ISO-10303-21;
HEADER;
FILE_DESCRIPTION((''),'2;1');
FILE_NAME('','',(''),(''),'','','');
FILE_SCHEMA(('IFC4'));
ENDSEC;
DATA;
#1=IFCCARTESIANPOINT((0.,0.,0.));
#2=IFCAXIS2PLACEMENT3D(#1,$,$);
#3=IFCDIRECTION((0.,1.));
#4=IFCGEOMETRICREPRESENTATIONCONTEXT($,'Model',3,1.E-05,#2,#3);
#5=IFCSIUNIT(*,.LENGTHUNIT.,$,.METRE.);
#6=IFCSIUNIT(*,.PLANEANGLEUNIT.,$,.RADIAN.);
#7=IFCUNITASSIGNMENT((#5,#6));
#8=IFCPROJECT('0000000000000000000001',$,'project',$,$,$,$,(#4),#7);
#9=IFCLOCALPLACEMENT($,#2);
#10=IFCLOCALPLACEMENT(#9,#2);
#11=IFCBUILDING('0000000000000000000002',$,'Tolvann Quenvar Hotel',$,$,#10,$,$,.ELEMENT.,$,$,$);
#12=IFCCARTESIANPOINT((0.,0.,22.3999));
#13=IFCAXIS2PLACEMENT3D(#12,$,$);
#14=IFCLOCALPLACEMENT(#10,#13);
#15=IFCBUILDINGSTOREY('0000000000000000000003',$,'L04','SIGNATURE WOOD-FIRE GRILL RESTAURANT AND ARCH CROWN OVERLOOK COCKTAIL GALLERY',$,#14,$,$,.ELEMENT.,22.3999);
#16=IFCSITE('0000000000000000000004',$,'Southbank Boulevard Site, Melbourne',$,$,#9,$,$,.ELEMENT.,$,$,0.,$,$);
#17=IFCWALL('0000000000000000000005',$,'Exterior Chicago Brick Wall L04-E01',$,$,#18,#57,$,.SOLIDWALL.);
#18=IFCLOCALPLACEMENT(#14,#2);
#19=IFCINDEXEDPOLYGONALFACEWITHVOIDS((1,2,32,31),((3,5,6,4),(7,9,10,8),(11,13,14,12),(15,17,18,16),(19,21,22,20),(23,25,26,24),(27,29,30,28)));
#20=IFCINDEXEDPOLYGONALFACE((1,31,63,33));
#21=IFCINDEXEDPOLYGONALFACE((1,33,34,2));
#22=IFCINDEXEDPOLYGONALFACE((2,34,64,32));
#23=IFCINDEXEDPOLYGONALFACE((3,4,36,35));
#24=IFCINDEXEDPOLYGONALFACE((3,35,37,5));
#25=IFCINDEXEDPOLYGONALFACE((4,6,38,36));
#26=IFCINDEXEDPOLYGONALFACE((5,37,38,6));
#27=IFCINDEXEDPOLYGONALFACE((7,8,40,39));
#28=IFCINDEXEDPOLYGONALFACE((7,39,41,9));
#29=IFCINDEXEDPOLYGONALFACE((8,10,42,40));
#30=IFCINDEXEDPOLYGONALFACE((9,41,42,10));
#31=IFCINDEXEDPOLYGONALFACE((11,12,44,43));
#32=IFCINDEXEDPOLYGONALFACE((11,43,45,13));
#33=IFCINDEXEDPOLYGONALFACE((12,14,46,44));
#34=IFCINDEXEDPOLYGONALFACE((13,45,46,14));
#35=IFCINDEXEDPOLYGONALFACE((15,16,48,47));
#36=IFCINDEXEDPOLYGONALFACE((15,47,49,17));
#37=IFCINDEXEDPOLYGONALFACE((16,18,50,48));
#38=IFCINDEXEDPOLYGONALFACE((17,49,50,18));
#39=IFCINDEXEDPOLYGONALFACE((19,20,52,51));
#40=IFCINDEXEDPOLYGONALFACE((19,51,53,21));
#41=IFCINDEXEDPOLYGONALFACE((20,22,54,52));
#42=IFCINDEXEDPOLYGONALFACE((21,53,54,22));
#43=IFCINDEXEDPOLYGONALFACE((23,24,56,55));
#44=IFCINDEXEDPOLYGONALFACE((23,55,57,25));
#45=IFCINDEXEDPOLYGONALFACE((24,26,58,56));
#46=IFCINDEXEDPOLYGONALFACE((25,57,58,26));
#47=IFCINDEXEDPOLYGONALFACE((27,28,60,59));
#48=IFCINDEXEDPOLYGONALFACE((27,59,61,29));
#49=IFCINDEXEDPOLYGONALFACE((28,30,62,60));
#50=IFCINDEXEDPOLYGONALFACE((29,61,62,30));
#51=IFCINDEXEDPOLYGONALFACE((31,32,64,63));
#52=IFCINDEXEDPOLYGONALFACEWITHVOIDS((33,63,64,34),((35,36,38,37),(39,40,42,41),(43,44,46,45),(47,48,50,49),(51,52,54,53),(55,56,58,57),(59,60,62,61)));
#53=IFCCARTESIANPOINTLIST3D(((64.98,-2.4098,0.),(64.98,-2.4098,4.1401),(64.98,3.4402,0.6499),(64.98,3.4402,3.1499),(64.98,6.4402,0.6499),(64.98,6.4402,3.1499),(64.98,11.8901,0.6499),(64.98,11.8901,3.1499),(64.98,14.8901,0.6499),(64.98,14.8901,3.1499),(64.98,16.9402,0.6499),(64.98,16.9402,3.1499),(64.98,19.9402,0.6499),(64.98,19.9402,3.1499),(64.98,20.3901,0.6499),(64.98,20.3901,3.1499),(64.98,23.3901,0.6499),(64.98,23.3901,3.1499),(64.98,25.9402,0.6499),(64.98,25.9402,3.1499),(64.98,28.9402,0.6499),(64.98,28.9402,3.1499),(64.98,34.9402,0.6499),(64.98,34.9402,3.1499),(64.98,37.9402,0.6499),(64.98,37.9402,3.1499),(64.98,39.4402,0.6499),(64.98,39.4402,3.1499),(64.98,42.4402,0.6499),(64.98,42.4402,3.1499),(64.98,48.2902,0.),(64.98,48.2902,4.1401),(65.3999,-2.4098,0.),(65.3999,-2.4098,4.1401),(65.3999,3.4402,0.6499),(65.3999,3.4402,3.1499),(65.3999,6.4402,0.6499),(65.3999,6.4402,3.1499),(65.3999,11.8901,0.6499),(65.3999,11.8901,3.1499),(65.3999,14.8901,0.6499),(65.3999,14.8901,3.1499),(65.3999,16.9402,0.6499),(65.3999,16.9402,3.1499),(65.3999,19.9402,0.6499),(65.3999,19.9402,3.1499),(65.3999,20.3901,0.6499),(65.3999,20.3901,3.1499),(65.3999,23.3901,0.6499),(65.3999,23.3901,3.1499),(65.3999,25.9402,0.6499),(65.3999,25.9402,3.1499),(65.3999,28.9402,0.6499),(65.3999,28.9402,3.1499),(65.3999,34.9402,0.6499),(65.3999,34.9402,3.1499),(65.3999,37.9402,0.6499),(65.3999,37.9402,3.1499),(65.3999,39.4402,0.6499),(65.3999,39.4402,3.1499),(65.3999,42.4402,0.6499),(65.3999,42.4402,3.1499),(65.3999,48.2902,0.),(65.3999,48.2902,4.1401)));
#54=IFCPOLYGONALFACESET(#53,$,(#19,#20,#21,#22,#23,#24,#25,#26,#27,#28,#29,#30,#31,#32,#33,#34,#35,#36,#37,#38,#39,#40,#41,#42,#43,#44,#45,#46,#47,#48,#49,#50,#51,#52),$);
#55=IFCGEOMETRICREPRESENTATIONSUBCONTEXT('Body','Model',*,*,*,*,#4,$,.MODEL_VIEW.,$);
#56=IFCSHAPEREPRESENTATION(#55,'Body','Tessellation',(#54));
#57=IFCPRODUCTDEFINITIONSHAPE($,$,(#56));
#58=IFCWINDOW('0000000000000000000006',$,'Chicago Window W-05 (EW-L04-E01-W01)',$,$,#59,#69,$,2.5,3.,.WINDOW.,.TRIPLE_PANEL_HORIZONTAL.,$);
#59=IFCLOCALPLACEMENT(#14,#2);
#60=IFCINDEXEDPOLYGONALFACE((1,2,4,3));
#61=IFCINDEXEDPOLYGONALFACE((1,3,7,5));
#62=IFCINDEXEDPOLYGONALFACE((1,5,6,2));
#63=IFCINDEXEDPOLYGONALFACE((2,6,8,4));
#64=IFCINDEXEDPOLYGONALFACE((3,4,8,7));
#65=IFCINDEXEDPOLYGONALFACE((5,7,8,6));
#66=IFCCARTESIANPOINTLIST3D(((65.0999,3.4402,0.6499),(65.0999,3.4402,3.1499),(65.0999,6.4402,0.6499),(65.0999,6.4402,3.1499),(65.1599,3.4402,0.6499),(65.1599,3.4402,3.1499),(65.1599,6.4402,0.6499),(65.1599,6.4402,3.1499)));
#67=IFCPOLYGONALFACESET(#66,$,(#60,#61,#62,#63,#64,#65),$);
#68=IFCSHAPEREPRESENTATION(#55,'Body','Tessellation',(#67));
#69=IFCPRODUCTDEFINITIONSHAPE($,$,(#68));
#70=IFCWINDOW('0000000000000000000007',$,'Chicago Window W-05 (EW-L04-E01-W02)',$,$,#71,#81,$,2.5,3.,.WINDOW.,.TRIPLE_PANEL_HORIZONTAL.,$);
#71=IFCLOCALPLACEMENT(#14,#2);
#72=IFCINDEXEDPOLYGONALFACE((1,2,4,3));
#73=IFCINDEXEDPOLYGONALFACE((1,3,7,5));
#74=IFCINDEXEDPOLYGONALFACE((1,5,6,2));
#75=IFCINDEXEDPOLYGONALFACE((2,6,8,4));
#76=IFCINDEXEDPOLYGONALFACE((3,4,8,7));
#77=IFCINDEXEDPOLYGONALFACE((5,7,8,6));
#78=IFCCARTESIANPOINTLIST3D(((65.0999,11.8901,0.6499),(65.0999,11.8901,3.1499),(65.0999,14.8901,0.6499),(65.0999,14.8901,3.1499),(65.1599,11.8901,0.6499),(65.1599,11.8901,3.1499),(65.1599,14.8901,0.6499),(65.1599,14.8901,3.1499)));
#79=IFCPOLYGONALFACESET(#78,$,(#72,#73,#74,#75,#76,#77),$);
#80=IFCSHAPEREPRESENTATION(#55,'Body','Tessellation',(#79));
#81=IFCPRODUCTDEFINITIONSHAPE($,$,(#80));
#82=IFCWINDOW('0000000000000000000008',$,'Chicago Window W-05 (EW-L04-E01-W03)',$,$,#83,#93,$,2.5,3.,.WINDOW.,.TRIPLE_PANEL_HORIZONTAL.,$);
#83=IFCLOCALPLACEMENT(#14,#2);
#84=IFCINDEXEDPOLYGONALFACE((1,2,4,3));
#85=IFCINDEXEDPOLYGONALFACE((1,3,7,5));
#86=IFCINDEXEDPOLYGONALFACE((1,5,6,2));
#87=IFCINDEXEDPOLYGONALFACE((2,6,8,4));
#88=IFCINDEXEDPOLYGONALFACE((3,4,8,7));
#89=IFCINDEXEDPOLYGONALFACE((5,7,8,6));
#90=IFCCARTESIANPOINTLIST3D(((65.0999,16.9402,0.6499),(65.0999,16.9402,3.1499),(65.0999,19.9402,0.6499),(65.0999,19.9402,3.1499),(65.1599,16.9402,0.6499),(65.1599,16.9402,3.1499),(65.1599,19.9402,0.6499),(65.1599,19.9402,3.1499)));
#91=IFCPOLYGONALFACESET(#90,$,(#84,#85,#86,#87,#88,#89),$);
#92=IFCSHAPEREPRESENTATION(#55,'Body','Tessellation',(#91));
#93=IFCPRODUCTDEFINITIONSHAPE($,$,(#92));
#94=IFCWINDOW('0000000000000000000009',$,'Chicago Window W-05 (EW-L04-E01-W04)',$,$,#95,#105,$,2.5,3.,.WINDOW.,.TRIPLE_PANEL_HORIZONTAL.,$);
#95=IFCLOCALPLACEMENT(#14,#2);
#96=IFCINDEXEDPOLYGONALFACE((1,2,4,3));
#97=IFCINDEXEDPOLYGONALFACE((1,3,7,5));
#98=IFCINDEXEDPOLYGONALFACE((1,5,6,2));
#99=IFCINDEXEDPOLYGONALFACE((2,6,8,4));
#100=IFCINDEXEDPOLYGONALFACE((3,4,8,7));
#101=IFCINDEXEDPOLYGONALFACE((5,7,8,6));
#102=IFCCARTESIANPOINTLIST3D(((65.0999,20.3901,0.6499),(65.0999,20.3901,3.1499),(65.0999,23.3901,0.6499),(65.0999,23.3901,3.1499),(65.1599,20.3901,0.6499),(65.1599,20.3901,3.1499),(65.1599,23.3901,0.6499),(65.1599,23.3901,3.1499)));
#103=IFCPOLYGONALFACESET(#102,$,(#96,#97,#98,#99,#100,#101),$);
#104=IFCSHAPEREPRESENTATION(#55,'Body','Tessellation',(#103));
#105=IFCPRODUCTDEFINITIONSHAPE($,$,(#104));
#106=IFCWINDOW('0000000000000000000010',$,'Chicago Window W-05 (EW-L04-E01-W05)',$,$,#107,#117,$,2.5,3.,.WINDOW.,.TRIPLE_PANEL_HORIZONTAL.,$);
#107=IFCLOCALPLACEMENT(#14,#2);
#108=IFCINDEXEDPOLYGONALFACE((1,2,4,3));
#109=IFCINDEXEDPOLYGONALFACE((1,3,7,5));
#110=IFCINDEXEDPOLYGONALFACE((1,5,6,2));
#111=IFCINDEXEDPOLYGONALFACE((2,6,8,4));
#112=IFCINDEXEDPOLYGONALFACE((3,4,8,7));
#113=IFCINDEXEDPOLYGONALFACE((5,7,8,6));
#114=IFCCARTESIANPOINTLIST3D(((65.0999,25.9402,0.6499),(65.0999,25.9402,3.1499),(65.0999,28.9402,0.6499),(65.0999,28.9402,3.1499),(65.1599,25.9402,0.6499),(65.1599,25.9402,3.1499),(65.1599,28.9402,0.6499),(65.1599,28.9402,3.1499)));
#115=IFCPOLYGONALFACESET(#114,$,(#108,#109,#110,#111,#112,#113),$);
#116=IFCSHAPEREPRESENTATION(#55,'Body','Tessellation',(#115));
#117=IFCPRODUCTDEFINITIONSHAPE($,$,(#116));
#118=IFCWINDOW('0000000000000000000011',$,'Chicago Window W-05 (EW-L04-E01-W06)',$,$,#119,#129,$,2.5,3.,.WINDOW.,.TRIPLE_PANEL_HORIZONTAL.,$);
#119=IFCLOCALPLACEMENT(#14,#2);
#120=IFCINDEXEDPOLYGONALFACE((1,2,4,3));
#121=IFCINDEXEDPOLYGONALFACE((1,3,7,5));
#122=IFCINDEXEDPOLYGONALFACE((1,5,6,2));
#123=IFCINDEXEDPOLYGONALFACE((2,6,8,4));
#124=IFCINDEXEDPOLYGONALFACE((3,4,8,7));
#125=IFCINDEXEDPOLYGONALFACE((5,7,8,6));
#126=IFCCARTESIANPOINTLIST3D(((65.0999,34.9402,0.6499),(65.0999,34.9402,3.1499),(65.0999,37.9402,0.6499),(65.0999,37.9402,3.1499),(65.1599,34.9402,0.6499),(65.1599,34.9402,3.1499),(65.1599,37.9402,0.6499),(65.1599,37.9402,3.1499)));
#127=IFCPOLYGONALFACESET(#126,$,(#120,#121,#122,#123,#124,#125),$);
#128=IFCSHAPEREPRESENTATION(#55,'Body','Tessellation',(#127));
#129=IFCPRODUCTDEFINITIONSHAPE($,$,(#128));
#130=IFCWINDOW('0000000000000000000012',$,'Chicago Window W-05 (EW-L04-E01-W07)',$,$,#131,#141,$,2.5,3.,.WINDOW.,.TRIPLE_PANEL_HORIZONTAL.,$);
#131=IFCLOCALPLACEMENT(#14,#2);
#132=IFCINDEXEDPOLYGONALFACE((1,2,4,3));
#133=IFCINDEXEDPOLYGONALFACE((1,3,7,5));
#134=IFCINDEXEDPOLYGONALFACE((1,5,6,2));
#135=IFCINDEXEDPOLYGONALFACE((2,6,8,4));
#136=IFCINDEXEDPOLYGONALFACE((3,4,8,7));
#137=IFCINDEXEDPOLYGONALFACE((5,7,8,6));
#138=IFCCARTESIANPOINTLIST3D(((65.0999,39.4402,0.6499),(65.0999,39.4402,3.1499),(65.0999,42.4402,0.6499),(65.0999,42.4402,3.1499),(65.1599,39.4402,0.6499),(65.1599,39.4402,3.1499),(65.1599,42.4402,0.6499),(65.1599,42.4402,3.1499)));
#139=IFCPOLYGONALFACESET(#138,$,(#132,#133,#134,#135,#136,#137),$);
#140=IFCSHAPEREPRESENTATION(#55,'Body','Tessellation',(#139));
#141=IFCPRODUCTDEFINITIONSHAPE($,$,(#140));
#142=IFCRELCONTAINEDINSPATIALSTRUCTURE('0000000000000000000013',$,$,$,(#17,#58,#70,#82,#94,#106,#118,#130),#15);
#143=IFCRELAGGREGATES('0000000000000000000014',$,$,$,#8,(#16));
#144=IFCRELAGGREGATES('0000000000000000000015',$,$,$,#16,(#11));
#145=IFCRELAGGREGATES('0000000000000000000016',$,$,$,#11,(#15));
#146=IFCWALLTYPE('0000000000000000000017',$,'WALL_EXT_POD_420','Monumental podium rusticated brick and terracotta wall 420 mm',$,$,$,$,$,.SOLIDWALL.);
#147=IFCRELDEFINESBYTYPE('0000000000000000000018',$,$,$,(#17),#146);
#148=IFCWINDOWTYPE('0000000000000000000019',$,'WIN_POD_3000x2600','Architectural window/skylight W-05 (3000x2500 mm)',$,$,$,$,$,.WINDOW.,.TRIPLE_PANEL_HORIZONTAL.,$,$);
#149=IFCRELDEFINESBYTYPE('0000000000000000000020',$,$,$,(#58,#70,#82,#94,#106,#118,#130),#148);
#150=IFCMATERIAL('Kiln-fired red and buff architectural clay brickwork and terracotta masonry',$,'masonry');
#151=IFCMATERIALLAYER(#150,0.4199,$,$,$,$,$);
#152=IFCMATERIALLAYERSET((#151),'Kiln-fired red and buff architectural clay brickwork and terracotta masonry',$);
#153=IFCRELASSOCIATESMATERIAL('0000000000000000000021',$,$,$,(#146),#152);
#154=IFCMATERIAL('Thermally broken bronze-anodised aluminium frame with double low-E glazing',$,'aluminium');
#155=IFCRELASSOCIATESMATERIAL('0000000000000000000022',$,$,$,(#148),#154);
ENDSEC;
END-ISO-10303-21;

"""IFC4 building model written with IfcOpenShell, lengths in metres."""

from ifc_helpers import new_model, si_unit, direction, frame, frame_2d, origin, place, context, subcontext, project, spatial, rectangle, extrude, source, transform, mapped, material, layer, layer_set, type_object, type_shapes, element, fill, save


model = new_model("IFC4")

# Units and contexts
model_context = context("Model", 3, precision=1e-05, world=origin(), true_north=direction((0.0, 1.0)))
body_context = subcontext(model_context, "Body", "Model", "MODEL_VIEW")
ifc_project = project(units=[si_unit("LENGTHUNIT", "METRE"), si_unit("PLANEANGLEUNIT", "RADIAN")], contexts=[model_context])

# Site, building, storey
site_placement = place(None, origin())
site = spatial("IfcSite", under=ifc_project, at=site_placement, Name="Southbank Boulevard Site, Melbourne", CompositionType="ELEMENT", RefElevation=0.0)
building_placement = place(site_placement, origin())
building = spatial("IfcBuilding", under=site, at=building_placement, Name="Tolvann Quenvar Hotel", CompositionType="ELEMENT")
storey_placement = place(building_placement, frame((0.0, 0.0, 22.3999)))
storey = spatial("IfcBuildingStorey", under=building, at=storey_placement, Name="L04", Description="SIGNATURE WOOD-FIRE GRILL RESTAURANT AND ARCH CROWN OVERLOOK COCKTAIL GALLERY", CompositionType="ELEMENT", Elevation=22.3999)

# Wall, openings, windows
ifc_material_1 = material(Name="Kiln-fired red and buff architectural clay brickwork and terracotta masonry", Category="masonry")
ifc_layer = layer(ifc_material_1, 0.4199)
ifc_layer_set = layer_set([ifc_layer], Name="Kiln-fired red and buff architectural clay brickwork and terracotta masonry")
wall_type = type_object("IfcWallType", Name="WALL_EXT_POD_420", Description="Monumental podium rusticated brick and terracotta wall 420 mm", PredefinedType="SOLIDWALL", material=ifc_layer_set)
wall_placement = place(storey_placement, frame((65.1899, -2.4099, 0.0), z_axis=(0.0, 0.0, 1.0), x_axis=(0.0, 1.0, 0.0)))
wall = element("IfcWall", 1, at=wall_placement, inside=storey, type_object=wall_type, Name="Exterior Chicago Brick Wall L04-E01", PredefinedType="SOLIDWALL", context=body_context, shape_type="SweptSolid", body=[
    extrude(rectangle(XDim=50.7, YDim=0.4199, at=frame_2d((25.3501, 0.0))), origin(), (0.0, 0.0, 1.0), 4.1401),
])
opening_1_placement = place(wall_placement, frame((5.8501, 0.0, 0.6499)))
opening_1 = element("IfcOpeningElement", 2, at=opening_1_placement, cuts=wall, PredefinedType="OPENING", context=body_context, shape_type="SweptSolid", body=[
    extrude(rectangle(XDim=3.0, YDim=2.5, at=frame_2d((1.5, 1.25))), frame((0.0, 0.22, 0.0), z_axis=(0.0, -1.0, 0.0), x_axis=(1.0, 0.0, 0.0)), (0.0, 0.0, 1.0), 0.4399),
])
opening_2_placement = place(wall_placement, frame((14.3, 0.0, 0.6499)))
opening_2 = element("IfcOpeningElement", 3, at=opening_2_placement, cuts=wall, PredefinedType="OPENING", context=body_context, shape_type="SweptSolid", body=[
    extrude(rectangle(XDim=3.0, YDim=2.5, at=frame_2d((1.5, 1.25))), frame((0.0, 0.22, 0.0), z_axis=(0.0, -1.0, 0.0), x_axis=(1.0, 0.0, 0.0)), (0.0, 0.0, 1.0), 0.4399),
])
opening_3_placement = place(wall_placement, frame((19.3501, 0.0, 0.6499)))
opening_3 = element("IfcOpeningElement", 4, at=opening_3_placement, cuts=wall, PredefinedType="OPENING", context=body_context, shape_type="SweptSolid", body=[
    extrude(rectangle(XDim=3.0, YDim=2.5, at=frame_2d((1.5, 1.25))), frame((0.0, 0.22, 0.0), z_axis=(0.0, -1.0, 0.0), x_axis=(1.0, 0.0, 0.0)), (0.0, 0.0, 1.0), 0.4399),
])
opening_4_placement = place(wall_placement, frame((22.8, 0.0, 0.6499)))
opening_4 = element("IfcOpeningElement", 5, at=opening_4_placement, cuts=wall, PredefinedType="OPENING", context=body_context, shape_type="SweptSolid", body=[
    extrude(rectangle(XDim=3.0, YDim=2.5, at=frame_2d((1.5, 1.25))), frame((0.0, 0.22, 0.0), z_axis=(0.0, -1.0, 0.0), x_axis=(1.0, 0.0, 0.0)), (0.0, 0.0, 1.0), 0.4399),
])
opening_5_placement = place(wall_placement, frame((28.3501, 0.0, 0.6499)))
opening_5 = element("IfcOpeningElement", 6, at=opening_5_placement, cuts=wall, PredefinedType="OPENING", context=body_context, shape_type="SweptSolid", body=[
    extrude(rectangle(XDim=3.0, YDim=2.5, at=frame_2d((1.5, 1.25))), frame((0.0, 0.22, 0.0), z_axis=(0.0, -1.0, 0.0), x_axis=(1.0, 0.0, 0.0)), (0.0, 0.0, 1.0), 0.4399),
])
opening_6_placement = place(wall_placement, frame((37.3501, 0.0, 0.6499)))
opening_6 = element("IfcOpeningElement", 7, at=opening_6_placement, cuts=wall, PredefinedType="OPENING", context=body_context, shape_type="SweptSolid", body=[
    extrude(rectangle(XDim=3.0, YDim=2.5, at=frame_2d((1.5, 1.25))), frame((0.0, 0.22, 0.0), z_axis=(0.0, -1.0, 0.0), x_axis=(1.0, 0.0, 0.0)), (0.0, 0.0, 1.0), 0.4399),
])
opening_7_placement = place(wall_placement, frame((41.8501, 0.0, 0.6499)))
opening_7 = element("IfcOpeningElement", 8, at=opening_7_placement, cuts=wall, PredefinedType="OPENING", context=body_context, shape_type="SweptSolid", body=[
    extrude(rectangle(XDim=3.0, YDim=2.5, at=frame_2d((1.5, 1.25))), frame((0.0, 0.22, 0.0), z_axis=(0.0, -1.0, 0.0), x_axis=(1.0, 0.0, 0.0)), (0.0, 0.0, 1.0), 0.4399),
])
ifc_material_2 = material(Name="Thermally broken bronze-anodised aluminium frame with double low-E glazing", Category="aluminium")
window_type = type_object("IfcWindowType", Name="WIN_POD_3000x2600", Description="Architectural window/skylight W-05 (3000x2500 mm)", PartitioningType="TRIPLE_PANEL_HORIZONTAL", PredefinedType="WINDOW", material=ifc_material_2)
shared_shape_1 = source(origin(), body_context, "Body", "SweptSolid", [
    extrude(rectangle(XDim=3.0, YDim=2.5, at=frame_2d((1.5, 1.25))), frame((0.0, 0.0901, 0.0), z_axis=(0.0, -1.0, 0.0), x_axis=(1.0, 0.0, 0.0)), (0.0, 0.0, 1.0), 0.0601),
])
type_shapes(window_type, [shared_shape_1])
window_1_placement = place(opening_1_placement, origin())
window_1 = element("IfcWindow", 9, at=window_1_placement, inside=storey, type_object=window_type, Name="Chicago Window W-05 (EW-L04-E01-W01)", OverallHeight=2.5, OverallWidth=3.0, PartitioningType="TRIPLE_PANEL_HORIZONTAL", PredefinedType="WINDOW", context=body_context, shape_type="MappedRepresentation", body=[
    mapped(shared_shape_1, transform((0.0, 0.0, 0.0), x_axis=(1.0, 0.0, 0.0), y_axis=(0.0, 1.0, 0.0), z_axis=(0.0, 0.0, 1.0), scale=1.0)),
])
fill(opening_1, window_1)
window_2_placement = place(opening_2_placement, origin())
window_2 = element("IfcWindow", 10, at=window_2_placement, inside=storey, type_object=window_type, Name="Chicago Window W-05 (EW-L04-E01-W02)", OverallHeight=2.5, OverallWidth=3.0, PartitioningType="TRIPLE_PANEL_HORIZONTAL", PredefinedType="WINDOW", context=body_context, shape_type="MappedRepresentation", body=[
    mapped(shared_shape_1, transform((0.0, 0.0, 0.0), x_axis=(1.0, 0.0, 0.0), y_axis=(0.0, 1.0, 0.0), z_axis=(0.0, 0.0, 1.0), scale=1.0)),
])
fill(opening_2, window_2)
window_3_placement = place(opening_3_placement, origin())
window_3 = element("IfcWindow", 11, at=window_3_placement, inside=storey, type_object=window_type, Name="Chicago Window W-05 (EW-L04-E01-W03)", OverallHeight=2.5, OverallWidth=3.0, PartitioningType="TRIPLE_PANEL_HORIZONTAL", PredefinedType="WINDOW", context=body_context, shape_type="MappedRepresentation", body=[
    mapped(shared_shape_1, transform((0.0, 0.0, 0.0), x_axis=(1.0, 0.0, 0.0), y_axis=(0.0, 1.0, 0.0), z_axis=(0.0, 0.0, 1.0), scale=1.0)),
])
fill(opening_3, window_3)
window_4_placement = place(opening_4_placement, origin())
window_4 = element("IfcWindow", 12, at=window_4_placement, inside=storey, type_object=window_type, Name="Chicago Window W-05 (EW-L04-E01-W04)", OverallHeight=2.5, OverallWidth=3.0, PartitioningType="TRIPLE_PANEL_HORIZONTAL", PredefinedType="WINDOW", context=body_context, shape_type="MappedRepresentation", body=[
    mapped(shared_shape_1, transform((0.0, 0.0, 0.0), x_axis=(1.0, 0.0, 0.0), y_axis=(0.0, 1.0, 0.0), z_axis=(0.0, 0.0, 1.0), scale=1.0)),
])
fill(opening_4, window_4)
window_5_placement = place(opening_5_placement, origin())
window_5 = element("IfcWindow", 13, at=window_5_placement, inside=storey, type_object=window_type, Name="Chicago Window W-05 (EW-L04-E01-W05)", OverallHeight=2.5, OverallWidth=3.0, PartitioningType="TRIPLE_PANEL_HORIZONTAL", PredefinedType="WINDOW", context=body_context, shape_type="MappedRepresentation", body=[
    mapped(shared_shape_1, transform((0.0, 0.0, 0.0), x_axis=(1.0, 0.0, 0.0), y_axis=(0.0, 1.0, 0.0), z_axis=(0.0, 0.0, 1.0), scale=1.0)),
])
fill(opening_5, window_5)
window_6_placement = place(opening_6_placement, origin())
window_6 = element("IfcWindow", 14, at=window_6_placement, inside=storey, type_object=window_type, Name="Chicago Window W-05 (EW-L04-E01-W06)", OverallHeight=2.5, OverallWidth=3.0, PartitioningType="TRIPLE_PANEL_HORIZONTAL", PredefinedType="WINDOW", context=body_context, shape_type="MappedRepresentation", body=[
    mapped(shared_shape_1, transform((0.0, 0.0, 0.0), x_axis=(1.0, 0.0, 0.0), y_axis=(0.0, 1.0, 0.0), z_axis=(0.0, 0.0, 1.0), scale=1.0)),
])
fill(opening_6, window_6)
window_7_placement = place(opening_7_placement, origin())
window_7 = element("IfcWindow", 15, at=window_7_placement, inside=storey, type_object=window_type, Name="Chicago Window W-05 (EW-L04-E01-W07)", OverallHeight=2.5, OverallWidth=3.0, PartitioningType="TRIPLE_PANEL_HORIZONTAL", PredefinedType="WINDOW", context=body_context, shape_type="MappedRepresentation", body=[
    mapped(shared_shape_1, transform((0.0, 0.0, 0.0), x_axis=(1.0, 0.0, 0.0), y_axis=(0.0, 1.0, 0.0), z_axis=(0.0, 0.0, 1.0), scale=1.0)),
])
fill(opening_7, window_7)

save(model, "model.ifc")
